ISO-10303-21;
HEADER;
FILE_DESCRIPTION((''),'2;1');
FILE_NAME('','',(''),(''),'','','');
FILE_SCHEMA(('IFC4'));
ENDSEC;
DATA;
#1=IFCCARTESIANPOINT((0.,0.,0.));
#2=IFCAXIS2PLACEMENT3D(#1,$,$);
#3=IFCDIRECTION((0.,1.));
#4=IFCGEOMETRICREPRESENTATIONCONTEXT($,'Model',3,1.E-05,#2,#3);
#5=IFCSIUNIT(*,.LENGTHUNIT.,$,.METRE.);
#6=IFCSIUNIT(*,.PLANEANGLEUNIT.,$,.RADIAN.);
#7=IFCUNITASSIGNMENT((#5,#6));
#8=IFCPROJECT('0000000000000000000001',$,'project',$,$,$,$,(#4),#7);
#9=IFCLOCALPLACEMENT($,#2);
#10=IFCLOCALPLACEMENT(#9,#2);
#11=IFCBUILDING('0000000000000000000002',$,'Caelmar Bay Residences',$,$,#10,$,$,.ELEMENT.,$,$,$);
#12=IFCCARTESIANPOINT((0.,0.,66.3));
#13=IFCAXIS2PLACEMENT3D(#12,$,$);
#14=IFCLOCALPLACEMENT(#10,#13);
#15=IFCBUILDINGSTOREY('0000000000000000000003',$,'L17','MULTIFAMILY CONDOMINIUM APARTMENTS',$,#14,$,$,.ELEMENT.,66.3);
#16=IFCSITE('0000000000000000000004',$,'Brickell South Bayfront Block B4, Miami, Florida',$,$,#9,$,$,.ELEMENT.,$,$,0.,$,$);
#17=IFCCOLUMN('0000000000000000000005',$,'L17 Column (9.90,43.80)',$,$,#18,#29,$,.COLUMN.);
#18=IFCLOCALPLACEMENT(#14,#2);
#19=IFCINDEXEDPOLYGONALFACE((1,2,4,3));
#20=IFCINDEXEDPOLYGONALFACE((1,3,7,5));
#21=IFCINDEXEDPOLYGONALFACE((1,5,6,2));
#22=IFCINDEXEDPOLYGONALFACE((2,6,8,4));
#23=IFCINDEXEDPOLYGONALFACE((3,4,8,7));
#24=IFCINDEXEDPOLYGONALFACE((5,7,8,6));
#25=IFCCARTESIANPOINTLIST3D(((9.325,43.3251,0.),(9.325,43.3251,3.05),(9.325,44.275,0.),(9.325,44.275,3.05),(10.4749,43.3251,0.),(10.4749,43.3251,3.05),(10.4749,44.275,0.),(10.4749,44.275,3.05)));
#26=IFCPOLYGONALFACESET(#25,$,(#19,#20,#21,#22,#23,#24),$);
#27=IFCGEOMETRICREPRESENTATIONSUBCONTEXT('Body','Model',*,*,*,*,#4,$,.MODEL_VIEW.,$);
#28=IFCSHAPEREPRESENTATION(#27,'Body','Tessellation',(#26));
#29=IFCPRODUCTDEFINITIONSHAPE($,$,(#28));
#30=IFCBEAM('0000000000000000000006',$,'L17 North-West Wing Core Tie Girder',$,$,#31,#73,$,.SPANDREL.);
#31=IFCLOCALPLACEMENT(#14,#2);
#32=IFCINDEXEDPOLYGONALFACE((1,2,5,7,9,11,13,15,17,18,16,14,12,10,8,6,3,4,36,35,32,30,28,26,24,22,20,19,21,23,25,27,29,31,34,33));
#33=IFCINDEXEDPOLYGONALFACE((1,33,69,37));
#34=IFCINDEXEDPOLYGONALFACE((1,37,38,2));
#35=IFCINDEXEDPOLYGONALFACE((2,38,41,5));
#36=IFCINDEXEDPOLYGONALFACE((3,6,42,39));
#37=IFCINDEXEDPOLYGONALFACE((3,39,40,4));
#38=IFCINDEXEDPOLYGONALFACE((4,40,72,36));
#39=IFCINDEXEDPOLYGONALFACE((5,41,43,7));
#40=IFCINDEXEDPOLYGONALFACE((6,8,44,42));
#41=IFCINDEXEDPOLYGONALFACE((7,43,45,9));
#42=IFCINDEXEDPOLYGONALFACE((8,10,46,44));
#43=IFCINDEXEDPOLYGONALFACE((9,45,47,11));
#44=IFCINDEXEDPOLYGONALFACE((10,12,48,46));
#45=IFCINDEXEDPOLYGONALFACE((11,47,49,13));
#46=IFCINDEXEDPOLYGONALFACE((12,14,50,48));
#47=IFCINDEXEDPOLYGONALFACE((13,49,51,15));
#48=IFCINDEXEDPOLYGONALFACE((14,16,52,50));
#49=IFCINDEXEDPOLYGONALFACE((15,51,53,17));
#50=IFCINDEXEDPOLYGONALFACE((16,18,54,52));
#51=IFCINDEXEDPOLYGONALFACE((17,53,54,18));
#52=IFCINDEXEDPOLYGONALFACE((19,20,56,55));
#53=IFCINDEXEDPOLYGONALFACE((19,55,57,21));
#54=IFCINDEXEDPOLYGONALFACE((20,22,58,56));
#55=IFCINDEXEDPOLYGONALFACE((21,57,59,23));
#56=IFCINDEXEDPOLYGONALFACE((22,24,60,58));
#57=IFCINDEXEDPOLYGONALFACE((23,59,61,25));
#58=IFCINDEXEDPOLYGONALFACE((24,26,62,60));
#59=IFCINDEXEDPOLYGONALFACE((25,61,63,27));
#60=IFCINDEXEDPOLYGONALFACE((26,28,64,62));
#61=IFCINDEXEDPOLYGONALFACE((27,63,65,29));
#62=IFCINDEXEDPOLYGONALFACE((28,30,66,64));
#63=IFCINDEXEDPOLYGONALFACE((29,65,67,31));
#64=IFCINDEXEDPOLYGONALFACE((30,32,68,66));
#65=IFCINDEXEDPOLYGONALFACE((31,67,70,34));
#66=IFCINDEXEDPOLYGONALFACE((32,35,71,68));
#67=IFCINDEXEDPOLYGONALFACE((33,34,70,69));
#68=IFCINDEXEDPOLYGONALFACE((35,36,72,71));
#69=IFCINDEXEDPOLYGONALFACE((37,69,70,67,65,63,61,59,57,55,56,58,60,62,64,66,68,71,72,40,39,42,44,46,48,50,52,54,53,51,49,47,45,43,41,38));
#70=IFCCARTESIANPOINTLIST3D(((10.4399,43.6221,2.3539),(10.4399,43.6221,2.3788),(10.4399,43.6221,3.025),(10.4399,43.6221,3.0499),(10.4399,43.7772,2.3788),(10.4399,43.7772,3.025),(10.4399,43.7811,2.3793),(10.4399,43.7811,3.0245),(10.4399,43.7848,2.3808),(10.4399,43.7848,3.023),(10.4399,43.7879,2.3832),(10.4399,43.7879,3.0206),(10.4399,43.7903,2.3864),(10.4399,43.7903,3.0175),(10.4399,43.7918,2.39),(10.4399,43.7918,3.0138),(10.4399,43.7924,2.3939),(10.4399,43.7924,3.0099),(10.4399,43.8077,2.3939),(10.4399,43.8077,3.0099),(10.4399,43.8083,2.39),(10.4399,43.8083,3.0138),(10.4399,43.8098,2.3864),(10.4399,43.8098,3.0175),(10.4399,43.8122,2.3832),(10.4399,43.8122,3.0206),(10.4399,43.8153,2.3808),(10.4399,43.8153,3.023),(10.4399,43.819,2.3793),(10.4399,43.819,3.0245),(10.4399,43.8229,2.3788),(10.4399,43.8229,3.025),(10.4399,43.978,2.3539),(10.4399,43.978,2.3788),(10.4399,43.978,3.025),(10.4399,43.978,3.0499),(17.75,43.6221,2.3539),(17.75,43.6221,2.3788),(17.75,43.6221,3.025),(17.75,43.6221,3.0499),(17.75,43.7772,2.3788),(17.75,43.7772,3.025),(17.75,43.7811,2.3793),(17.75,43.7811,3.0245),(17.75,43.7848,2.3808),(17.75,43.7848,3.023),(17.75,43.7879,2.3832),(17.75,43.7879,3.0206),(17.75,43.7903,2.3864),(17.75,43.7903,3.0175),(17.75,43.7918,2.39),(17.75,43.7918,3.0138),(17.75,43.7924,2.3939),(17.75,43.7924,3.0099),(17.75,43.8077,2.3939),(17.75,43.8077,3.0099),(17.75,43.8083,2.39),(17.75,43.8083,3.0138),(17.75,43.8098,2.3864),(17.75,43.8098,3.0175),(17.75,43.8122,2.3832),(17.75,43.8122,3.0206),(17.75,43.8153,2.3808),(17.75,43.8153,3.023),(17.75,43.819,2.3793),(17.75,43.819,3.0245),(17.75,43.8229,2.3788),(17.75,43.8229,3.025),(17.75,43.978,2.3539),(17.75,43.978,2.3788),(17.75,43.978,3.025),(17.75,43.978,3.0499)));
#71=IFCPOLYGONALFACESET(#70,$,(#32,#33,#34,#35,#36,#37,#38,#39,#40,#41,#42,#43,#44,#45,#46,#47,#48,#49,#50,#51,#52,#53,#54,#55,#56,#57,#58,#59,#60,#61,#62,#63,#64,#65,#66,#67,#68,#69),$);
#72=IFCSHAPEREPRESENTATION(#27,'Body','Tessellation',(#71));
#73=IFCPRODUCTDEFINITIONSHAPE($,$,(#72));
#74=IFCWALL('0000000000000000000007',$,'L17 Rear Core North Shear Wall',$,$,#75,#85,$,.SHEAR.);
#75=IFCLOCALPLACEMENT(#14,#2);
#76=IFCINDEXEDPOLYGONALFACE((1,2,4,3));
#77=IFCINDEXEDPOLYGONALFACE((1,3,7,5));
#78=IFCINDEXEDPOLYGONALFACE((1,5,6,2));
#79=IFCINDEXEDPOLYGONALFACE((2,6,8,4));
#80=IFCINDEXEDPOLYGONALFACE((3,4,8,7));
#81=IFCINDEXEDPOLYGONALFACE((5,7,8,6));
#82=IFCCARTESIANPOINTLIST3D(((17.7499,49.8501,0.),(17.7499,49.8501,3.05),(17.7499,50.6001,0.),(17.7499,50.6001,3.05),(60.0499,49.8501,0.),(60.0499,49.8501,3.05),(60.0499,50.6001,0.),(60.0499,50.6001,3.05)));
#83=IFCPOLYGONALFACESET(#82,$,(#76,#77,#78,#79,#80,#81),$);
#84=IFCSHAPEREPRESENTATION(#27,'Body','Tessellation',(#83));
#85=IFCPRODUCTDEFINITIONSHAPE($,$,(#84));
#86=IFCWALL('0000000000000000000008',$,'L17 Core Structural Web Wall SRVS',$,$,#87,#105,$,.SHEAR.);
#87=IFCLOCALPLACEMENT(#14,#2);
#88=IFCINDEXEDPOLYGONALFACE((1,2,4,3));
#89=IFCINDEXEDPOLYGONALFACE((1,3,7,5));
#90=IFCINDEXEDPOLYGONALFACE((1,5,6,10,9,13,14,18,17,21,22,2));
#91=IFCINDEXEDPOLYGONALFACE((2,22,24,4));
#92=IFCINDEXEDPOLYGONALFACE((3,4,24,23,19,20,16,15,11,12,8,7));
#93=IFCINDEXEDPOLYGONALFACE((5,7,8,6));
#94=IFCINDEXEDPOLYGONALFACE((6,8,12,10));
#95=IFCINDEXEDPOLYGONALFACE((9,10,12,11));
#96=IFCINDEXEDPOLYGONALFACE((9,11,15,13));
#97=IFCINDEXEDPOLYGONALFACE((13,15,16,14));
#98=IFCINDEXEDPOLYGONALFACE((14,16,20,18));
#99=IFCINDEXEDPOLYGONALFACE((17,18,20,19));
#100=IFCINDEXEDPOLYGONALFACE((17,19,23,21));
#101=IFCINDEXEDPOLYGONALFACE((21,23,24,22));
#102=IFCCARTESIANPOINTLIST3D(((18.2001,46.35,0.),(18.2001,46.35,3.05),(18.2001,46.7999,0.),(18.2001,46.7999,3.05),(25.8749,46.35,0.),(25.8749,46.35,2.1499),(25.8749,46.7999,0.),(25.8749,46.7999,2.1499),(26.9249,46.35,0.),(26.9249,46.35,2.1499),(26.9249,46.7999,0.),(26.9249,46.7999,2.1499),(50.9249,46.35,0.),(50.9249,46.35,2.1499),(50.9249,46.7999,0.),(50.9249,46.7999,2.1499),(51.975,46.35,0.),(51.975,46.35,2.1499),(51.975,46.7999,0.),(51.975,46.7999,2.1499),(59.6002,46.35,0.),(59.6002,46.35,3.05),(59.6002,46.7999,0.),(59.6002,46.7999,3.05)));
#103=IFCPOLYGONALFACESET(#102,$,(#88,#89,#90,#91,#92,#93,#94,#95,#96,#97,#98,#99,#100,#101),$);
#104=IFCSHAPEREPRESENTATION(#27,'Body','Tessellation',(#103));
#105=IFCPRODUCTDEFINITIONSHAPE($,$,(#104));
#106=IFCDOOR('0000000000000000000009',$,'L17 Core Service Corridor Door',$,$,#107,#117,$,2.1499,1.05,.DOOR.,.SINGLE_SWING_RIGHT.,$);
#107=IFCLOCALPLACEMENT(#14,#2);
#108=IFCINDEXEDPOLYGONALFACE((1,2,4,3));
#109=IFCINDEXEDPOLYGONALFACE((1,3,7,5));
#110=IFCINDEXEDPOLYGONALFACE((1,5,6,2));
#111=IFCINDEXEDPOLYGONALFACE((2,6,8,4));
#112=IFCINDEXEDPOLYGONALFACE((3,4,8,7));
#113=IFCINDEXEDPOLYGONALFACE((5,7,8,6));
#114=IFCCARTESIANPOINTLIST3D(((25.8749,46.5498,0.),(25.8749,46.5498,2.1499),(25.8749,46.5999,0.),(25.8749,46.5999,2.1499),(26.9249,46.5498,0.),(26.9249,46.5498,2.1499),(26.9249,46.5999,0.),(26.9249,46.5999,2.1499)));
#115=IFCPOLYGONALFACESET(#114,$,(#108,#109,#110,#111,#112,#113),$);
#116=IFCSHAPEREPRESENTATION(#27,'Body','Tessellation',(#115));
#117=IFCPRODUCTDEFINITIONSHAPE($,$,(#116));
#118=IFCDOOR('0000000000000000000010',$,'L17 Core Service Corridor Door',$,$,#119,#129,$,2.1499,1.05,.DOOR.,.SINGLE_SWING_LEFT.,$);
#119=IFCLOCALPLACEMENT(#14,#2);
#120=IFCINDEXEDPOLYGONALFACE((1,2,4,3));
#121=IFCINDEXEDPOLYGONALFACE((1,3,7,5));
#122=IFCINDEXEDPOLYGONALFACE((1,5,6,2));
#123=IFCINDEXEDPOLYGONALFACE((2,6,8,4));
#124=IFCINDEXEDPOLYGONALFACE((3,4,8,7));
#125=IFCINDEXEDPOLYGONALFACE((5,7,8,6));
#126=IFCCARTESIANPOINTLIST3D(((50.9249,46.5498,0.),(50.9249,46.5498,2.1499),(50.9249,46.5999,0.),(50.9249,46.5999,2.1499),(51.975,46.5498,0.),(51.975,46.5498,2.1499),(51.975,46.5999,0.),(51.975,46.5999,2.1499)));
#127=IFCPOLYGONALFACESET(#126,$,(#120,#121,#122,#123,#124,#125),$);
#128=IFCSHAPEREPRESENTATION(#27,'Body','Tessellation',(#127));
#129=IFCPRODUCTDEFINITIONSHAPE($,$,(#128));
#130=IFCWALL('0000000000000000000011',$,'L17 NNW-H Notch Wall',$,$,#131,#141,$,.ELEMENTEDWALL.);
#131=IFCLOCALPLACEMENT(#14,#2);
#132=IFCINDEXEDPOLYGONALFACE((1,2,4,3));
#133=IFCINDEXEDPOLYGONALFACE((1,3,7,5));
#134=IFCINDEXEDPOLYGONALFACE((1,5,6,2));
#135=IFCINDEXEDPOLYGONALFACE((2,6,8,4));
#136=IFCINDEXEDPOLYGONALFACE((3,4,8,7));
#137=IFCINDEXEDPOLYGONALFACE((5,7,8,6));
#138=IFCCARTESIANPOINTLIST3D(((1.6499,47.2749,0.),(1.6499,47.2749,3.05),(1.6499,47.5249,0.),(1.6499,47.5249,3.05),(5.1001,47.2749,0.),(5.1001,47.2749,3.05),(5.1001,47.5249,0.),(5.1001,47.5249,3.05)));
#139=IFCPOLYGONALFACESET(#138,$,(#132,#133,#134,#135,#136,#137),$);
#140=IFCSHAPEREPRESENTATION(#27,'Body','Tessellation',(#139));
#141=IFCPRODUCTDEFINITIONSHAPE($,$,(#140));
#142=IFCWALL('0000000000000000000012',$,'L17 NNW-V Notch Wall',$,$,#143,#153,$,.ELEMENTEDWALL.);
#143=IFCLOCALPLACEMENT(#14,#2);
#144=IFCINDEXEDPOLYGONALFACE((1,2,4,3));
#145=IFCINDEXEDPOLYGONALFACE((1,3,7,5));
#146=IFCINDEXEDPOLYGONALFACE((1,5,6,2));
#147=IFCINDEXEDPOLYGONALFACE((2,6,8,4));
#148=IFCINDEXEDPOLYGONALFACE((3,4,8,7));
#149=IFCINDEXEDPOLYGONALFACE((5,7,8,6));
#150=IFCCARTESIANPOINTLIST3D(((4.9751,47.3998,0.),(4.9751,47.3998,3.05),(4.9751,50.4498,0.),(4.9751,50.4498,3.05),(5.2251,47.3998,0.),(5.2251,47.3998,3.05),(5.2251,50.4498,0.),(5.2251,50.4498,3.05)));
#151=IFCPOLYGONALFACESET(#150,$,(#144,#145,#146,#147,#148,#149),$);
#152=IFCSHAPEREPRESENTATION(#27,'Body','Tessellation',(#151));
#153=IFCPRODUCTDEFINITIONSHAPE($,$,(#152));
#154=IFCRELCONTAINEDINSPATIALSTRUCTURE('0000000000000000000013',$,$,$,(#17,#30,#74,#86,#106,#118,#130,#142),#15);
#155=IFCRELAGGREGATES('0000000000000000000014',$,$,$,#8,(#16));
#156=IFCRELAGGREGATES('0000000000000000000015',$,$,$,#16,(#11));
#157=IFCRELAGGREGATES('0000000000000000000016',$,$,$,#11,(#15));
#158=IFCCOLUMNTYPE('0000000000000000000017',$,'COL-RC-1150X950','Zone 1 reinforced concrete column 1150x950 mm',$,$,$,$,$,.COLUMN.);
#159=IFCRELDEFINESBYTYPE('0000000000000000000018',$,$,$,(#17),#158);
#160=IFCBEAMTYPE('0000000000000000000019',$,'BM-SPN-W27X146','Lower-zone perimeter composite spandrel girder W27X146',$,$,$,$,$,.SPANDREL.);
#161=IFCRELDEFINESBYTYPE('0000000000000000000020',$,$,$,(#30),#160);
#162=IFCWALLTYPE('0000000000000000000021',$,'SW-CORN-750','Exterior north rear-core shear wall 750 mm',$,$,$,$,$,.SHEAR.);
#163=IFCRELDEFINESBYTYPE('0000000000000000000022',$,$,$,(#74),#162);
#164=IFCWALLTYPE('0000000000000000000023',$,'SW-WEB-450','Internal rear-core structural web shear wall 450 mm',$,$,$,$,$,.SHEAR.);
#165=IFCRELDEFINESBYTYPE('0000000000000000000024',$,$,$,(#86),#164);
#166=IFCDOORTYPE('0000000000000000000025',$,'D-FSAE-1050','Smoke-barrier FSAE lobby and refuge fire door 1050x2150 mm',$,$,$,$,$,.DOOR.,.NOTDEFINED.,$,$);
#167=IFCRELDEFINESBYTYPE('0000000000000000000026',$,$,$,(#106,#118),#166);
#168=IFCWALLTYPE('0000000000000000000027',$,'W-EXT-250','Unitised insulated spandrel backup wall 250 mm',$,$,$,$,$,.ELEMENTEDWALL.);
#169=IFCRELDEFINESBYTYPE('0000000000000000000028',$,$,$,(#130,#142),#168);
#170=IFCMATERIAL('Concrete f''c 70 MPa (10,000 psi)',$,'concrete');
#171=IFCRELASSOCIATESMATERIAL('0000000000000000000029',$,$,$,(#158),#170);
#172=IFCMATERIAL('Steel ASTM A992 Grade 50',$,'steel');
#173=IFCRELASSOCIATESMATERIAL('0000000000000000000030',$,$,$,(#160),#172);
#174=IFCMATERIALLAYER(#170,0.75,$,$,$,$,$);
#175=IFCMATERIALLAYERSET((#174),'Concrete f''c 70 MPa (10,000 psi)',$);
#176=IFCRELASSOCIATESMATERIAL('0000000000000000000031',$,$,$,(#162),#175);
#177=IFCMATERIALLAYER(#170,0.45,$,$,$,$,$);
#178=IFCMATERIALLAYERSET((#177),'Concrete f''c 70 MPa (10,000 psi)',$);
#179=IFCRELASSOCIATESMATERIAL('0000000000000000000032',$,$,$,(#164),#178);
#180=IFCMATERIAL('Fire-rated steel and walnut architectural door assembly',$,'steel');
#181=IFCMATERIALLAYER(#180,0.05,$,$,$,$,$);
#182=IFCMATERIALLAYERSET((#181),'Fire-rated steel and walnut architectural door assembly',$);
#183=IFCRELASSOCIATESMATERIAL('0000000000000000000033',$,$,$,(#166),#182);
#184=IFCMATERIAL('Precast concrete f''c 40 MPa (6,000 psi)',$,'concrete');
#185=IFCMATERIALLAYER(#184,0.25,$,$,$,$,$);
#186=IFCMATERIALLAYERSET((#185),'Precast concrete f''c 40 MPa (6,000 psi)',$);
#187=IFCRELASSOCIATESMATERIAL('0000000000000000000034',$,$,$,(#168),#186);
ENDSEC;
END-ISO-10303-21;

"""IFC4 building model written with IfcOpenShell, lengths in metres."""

from ifc_helpers import new_model, si_unit, direction, frame, frame_2d, origin, origin_2d, place, context, subcontext, project, spatial, rectangle, i_section, extrude, material, layer, layer_set, material_profile, profile_set, type_object, element, fill, save


model = new_model("IFC4")

# Units and contexts
model_context = context("Model", 3, precision=1e-05, world=origin(), true_north=direction((0.0, 1.0)))
body_context = subcontext(model_context, "Body", "Model", "MODEL_VIEW")
ifc_project = project(units=[si_unit("LENGTHUNIT", "METRE"), si_unit("PLANEANGLEUNIT", "RADIAN")], contexts=[model_context])

# Site, building, storey
site_placement = place(None, origin())
site = spatial("IfcSite", under=ifc_project, at=site_placement, Name="Brickell South Bayfront Block B4, Miami, Florida", CompositionType="ELEMENT", RefElevation=0.0)
building_placement = place(site_placement, origin())
building = spatial("IfcBuilding", under=site, at=building_placement, Name="Caelmar Bay Residences", CompositionType="ELEMENT")
storey_placement = place(building_placement, frame((0.0, 0.0, 66.3)))
storey = spatial("IfcBuildingStorey", under=building, at=storey_placement, Name="L17", Description="MULTIFAMILY CONDOMINIUM APARTMENTS", CompositionType="ELEMENT", Elevation=66.3)

# Column
ifc_material_1 = material(Name="Concrete f'c 70 MPa (10,000 psi)", Category="concrete")
ifc_material_profile_1 = material_profile(ifc_material_1, rectangle(XDim=1.1499, YDim=0.95, at=origin_2d()), Name="RC-COL-1150X950")
ifc_profile_set_1 = profile_set([ifc_material_profile_1], Name="Concrete f'c 70 MPa (10,000 psi)")
column_type = type_object("IfcColumnType", Name="COL-RC-1150X950", Description="Zone 1 reinforced concrete column 1150x950 mm", PredefinedType="COLUMN", material=ifc_profile_set_1)
column_placement = place(storey_placement, frame((9.8999, 43.8, 0.0), z_axis=(0.0, 0.0, 1.0), x_axis=(1.0, 0.0, 0.0)))
element("IfcColumn", 1, at=column_placement, inside=storey, type_object=column_type, Name="L17 Column (9.90,43.80)", PredefinedType="COLUMN", context=body_context, shape_type="SweptSolid", body=[
    extrude(rectangle(XDim=1.1499, YDim=0.95, at=origin_2d()), origin(), (0.0, 0.0, 1.0), 3.05),
])

# Beam
ifc_material_2 = material(Name="Steel ASTM A992 Grade 50", Category="steel")
ifc_material_profile_2 = material_profile(ifc_material_2, i_section(OverallWidth=0.356, OverallDepth=0.696, WebThickness=0.0154, FlangeThickness=0.0249, FilletRadius=0.0151, at=origin_2d()), Name="W27X146")
ifc_profile_set_2 = profile_set([ifc_material_profile_2], Name="Steel ASTM A992 Grade 50")
beam_type = type_object("IfcBeamType", Name="BM-SPN-W27X146", Description="Lower-zone perimeter composite spandrel girder W27X146", PredefinedType="SPANDREL", material=ifc_profile_set_2)
beam_placement = place(storey_placement, frame((10.4399, 43.8, 2.7019), z_axis=(1.0, 0.0, 0.0), x_axis=(0.0, 1.0, 0.0)))
element("IfcBeam", 2, at=beam_placement, inside=storey, type_object=beam_type, Name="L17 North-West Wing Core Tie Girder", PredefinedType="SPANDREL", context=body_context, shape_type="SweptSolid", body=[
    extrude(i_section(OverallWidth=0.356, OverallDepth=0.696, WebThickness=0.0154, FlangeThickness=0.0249, FilletRadius=0.0151, at=origin_2d()), origin(), (0.0, 0.0, 1.0), 7.3101),
])

# Wall
ifc_layer_1 = layer(ifc_material_1, 0.75)
ifc_layer_set_1 = layer_set([ifc_layer_1], Name="Concrete f'c 70 MPa (10,000 psi)")
wall_type_1 = type_object("IfcWallType", Name="SW-CORN-750", Description="Exterior north rear-core shear wall 750 mm", PredefinedType="SHEAR", material=ifc_layer_set_1)
wall_1_placement = place(storey_placement, frame((17.75, 50.2251, 0.0), z_axis=(0.0, 0.0, 1.0), x_axis=(1.0, 0.0, 0.0)))
element("IfcWall", 3, at=wall_1_placement, inside=storey, type_object=wall_type_1, Name="L17 Rear Core North Shear Wall", PredefinedType="SHEAR", context=body_context, shape_type="SweptSolid", body=[
    extrude(rectangle(XDim=42.3, YDim=0.75, at=frame_2d((21.1499, 0.0))), origin(), (0.0, 0.0, 1.0), 3.05),
])

# Wall, openings, doors
ifc_layer_2 = layer(ifc_material_1, 0.45)
ifc_layer_set_2 = layer_set([ifc_layer_2], Name="Concrete f'c 70 MPa (10,000 psi)")
wall_type_2 = type_object("IfcWallType", Name="SW-WEB-450", Description="Internal rear-core structural web shear wall 450 mm", PredefinedType="SHEAR", material=ifc_layer_set_2)
wall_2_placement = place(storey_placement, frame((18.2, 46.575, 0.0), z_axis=(0.0, 0.0, 1.0), x_axis=(1.0, 0.0, 0.0)))
wall_2 = element("IfcWall", 4, at=wall_2_placement, inside=storey, type_object=wall_type_2, Name="L17 Core Structural Web Wall SRVS", PredefinedType="SHEAR", context=body_context, shape_type="SweptSolid", body=[
    extrude(rectangle(XDim=41.4001, YDim=0.45, at=frame_2d((20.7002, 0.0))), origin(), (0.0, 0.0, 1.0), 3.05),
])
opening_1_placement = place(wall_2_placement, frame((7.675, 0.0, 0.0)))
opening_1 = element("IfcOpeningElement", 5, at=opening_1_placement, cuts=wall_2, PredefinedType="OPENING", context=body_context, shape_type="SweptSolid", body=[
    extrude(rectangle(XDim=1.05, YDim=2.1499, at=frame_2d((0.5249, 1.075))), frame((0.0, 0.2349, 0.0), z_axis=(0.0, -1.0, 0.0), x_axis=(1.0, 0.0, 0.0)), (0.0, 0.0, 1.0), 0.47),
])
opening_2_placement = place(wall_2_placement, frame((32.7251, 0.0, 0.0)))
opening_2 = element("IfcOpeningElement", 6, at=opening_2_placement, cuts=wall_2, PredefinedType="OPENING", context=body_context, shape_type="SweptSolid", body=[
    extrude(rectangle(XDim=1.05, YDim=2.1499, at=frame_2d((0.5249, 1.075))), frame((0.0, 0.2349, 0.0), z_axis=(0.0, -1.0, 0.0), x_axis=(1.0, 0.0, 0.0)), (0.0, 0.0, 1.0), 0.47),
])
ifc_material_3 = material(Name="Fire-rated steel and walnut architectural door assembly", Category="steel")
ifc_layer_3 = layer(ifc_material_3, 0.05)
ifc_layer_set_3 = layer_set([ifc_layer_3], Name="Fire-rated steel and walnut architectural door assembly")
door_type_1 = type_object("IfcDoorType", Name="D-FSAE-1050", Description="Smoke-barrier FSAE lobby and refuge fire door 1050x2150 mm", OperationType="NOTDEFINED", PredefinedType="DOOR", material=ifc_layer_set_3)
door_1_placement = place(opening_1_placement, origin())
door_1 = element("IfcDoor", 7, at=door_1_placement, inside=storey, type_object=door_type_1, Name="L17 Core Service Corridor Door", OperationType="SINGLE_SWING_RIGHT", OverallHeight=2.1499, OverallWidth=1.05, PredefinedType="DOOR", context=body_context, shape_type="SweptSolid", body=[
    extrude(rectangle(XDim=1.05, YDim=2.1499, at=frame_2d((0.5249, 1.075))), frame((0.0, 0.0249, 0.0), z_axis=(0.0, -1.0, 0.0), x_axis=(1.0, 0.0, 0.0)), (0.0, 0.0, 1.0), 0.05),
])
fill(opening_1, door_1)
door_2_placement = place(opening_2_placement, origin())
door_2 = element("IfcDoor", 8, at=door_2_placement, inside=storey, type_object=door_type_1, Name="L17 Core Service Corridor Door", OperationType="SINGLE_SWING_LEFT", OverallHeight=2.1499, OverallWidth=1.05, PredefinedType="DOOR", context=body_context, shape_type="SweptSolid", body=[
    extrude(rectangle(XDim=1.05, YDim=2.1499, at=frame_2d((0.5249, 1.075))), frame((0.0, 0.0249, 0.0), z_axis=(0.0, -1.0, 0.0), x_axis=(1.0, 0.0, 0.0)), (0.0, 0.0, 1.0), 0.05),
])
fill(opening_2, door_2)

# Walls
ifc_material_4 = material(Name="Precast concrete f'c 40 MPa (6,000 psi)", Category="concrete")
ifc_layer_4 = layer(ifc_material_4, 0.25)
ifc_layer_set_4 = layer_set([ifc_layer_4], Name="Precast concrete f'c 40 MPa (6,000 psi)")
wall_type_3 = type_object("IfcWallType", Name="W-EXT-250", Description="Unitised insulated spandrel backup wall 250 mm", PredefinedType="ELEMENTEDWALL", material=ifc_layer_set_4)
wall_3_placement = place(storey_placement, frame((1.6499, 47.3999, 0.0), z_axis=(0.0, 0.0, 1.0), x_axis=(1.0, 0.0, 0.0)))
element("IfcWall", 9, at=wall_3_placement, inside=storey, type_object=wall_type_3, Name="L17 NNW-H Notch Wall", PredefinedType="ELEMENTEDWALL", context=body_context, shape_type="SweptSolid", body=[
    extrude(rectangle(XDim=3.4502, YDim=0.25, at=frame_2d((1.7251, 0.0))), origin(), (0.0, 0.0, 1.0), 3.05),
])
wall_4_placement = place(storey_placement, frame((5.1001, 47.3999, 0.0), z_axis=(0.0, 0.0, 1.0), x_axis=(0.0, 1.0, 0.0)))
element("IfcWall", 10, at=wall_4_placement, inside=storey, type_object=wall_type_3, Name="L17 NNW-V Notch Wall", PredefinedType="ELEMENTEDWALL", context=body_context, shape_type="SweptSolid", body=[
    extrude(rectangle(XDim=3.05, YDim=0.25, at=frame_2d((1.5249, 0.0))), origin(), (0.0, 0.0, 1.0), 3.05),
])

save(model, "model.ifc")
